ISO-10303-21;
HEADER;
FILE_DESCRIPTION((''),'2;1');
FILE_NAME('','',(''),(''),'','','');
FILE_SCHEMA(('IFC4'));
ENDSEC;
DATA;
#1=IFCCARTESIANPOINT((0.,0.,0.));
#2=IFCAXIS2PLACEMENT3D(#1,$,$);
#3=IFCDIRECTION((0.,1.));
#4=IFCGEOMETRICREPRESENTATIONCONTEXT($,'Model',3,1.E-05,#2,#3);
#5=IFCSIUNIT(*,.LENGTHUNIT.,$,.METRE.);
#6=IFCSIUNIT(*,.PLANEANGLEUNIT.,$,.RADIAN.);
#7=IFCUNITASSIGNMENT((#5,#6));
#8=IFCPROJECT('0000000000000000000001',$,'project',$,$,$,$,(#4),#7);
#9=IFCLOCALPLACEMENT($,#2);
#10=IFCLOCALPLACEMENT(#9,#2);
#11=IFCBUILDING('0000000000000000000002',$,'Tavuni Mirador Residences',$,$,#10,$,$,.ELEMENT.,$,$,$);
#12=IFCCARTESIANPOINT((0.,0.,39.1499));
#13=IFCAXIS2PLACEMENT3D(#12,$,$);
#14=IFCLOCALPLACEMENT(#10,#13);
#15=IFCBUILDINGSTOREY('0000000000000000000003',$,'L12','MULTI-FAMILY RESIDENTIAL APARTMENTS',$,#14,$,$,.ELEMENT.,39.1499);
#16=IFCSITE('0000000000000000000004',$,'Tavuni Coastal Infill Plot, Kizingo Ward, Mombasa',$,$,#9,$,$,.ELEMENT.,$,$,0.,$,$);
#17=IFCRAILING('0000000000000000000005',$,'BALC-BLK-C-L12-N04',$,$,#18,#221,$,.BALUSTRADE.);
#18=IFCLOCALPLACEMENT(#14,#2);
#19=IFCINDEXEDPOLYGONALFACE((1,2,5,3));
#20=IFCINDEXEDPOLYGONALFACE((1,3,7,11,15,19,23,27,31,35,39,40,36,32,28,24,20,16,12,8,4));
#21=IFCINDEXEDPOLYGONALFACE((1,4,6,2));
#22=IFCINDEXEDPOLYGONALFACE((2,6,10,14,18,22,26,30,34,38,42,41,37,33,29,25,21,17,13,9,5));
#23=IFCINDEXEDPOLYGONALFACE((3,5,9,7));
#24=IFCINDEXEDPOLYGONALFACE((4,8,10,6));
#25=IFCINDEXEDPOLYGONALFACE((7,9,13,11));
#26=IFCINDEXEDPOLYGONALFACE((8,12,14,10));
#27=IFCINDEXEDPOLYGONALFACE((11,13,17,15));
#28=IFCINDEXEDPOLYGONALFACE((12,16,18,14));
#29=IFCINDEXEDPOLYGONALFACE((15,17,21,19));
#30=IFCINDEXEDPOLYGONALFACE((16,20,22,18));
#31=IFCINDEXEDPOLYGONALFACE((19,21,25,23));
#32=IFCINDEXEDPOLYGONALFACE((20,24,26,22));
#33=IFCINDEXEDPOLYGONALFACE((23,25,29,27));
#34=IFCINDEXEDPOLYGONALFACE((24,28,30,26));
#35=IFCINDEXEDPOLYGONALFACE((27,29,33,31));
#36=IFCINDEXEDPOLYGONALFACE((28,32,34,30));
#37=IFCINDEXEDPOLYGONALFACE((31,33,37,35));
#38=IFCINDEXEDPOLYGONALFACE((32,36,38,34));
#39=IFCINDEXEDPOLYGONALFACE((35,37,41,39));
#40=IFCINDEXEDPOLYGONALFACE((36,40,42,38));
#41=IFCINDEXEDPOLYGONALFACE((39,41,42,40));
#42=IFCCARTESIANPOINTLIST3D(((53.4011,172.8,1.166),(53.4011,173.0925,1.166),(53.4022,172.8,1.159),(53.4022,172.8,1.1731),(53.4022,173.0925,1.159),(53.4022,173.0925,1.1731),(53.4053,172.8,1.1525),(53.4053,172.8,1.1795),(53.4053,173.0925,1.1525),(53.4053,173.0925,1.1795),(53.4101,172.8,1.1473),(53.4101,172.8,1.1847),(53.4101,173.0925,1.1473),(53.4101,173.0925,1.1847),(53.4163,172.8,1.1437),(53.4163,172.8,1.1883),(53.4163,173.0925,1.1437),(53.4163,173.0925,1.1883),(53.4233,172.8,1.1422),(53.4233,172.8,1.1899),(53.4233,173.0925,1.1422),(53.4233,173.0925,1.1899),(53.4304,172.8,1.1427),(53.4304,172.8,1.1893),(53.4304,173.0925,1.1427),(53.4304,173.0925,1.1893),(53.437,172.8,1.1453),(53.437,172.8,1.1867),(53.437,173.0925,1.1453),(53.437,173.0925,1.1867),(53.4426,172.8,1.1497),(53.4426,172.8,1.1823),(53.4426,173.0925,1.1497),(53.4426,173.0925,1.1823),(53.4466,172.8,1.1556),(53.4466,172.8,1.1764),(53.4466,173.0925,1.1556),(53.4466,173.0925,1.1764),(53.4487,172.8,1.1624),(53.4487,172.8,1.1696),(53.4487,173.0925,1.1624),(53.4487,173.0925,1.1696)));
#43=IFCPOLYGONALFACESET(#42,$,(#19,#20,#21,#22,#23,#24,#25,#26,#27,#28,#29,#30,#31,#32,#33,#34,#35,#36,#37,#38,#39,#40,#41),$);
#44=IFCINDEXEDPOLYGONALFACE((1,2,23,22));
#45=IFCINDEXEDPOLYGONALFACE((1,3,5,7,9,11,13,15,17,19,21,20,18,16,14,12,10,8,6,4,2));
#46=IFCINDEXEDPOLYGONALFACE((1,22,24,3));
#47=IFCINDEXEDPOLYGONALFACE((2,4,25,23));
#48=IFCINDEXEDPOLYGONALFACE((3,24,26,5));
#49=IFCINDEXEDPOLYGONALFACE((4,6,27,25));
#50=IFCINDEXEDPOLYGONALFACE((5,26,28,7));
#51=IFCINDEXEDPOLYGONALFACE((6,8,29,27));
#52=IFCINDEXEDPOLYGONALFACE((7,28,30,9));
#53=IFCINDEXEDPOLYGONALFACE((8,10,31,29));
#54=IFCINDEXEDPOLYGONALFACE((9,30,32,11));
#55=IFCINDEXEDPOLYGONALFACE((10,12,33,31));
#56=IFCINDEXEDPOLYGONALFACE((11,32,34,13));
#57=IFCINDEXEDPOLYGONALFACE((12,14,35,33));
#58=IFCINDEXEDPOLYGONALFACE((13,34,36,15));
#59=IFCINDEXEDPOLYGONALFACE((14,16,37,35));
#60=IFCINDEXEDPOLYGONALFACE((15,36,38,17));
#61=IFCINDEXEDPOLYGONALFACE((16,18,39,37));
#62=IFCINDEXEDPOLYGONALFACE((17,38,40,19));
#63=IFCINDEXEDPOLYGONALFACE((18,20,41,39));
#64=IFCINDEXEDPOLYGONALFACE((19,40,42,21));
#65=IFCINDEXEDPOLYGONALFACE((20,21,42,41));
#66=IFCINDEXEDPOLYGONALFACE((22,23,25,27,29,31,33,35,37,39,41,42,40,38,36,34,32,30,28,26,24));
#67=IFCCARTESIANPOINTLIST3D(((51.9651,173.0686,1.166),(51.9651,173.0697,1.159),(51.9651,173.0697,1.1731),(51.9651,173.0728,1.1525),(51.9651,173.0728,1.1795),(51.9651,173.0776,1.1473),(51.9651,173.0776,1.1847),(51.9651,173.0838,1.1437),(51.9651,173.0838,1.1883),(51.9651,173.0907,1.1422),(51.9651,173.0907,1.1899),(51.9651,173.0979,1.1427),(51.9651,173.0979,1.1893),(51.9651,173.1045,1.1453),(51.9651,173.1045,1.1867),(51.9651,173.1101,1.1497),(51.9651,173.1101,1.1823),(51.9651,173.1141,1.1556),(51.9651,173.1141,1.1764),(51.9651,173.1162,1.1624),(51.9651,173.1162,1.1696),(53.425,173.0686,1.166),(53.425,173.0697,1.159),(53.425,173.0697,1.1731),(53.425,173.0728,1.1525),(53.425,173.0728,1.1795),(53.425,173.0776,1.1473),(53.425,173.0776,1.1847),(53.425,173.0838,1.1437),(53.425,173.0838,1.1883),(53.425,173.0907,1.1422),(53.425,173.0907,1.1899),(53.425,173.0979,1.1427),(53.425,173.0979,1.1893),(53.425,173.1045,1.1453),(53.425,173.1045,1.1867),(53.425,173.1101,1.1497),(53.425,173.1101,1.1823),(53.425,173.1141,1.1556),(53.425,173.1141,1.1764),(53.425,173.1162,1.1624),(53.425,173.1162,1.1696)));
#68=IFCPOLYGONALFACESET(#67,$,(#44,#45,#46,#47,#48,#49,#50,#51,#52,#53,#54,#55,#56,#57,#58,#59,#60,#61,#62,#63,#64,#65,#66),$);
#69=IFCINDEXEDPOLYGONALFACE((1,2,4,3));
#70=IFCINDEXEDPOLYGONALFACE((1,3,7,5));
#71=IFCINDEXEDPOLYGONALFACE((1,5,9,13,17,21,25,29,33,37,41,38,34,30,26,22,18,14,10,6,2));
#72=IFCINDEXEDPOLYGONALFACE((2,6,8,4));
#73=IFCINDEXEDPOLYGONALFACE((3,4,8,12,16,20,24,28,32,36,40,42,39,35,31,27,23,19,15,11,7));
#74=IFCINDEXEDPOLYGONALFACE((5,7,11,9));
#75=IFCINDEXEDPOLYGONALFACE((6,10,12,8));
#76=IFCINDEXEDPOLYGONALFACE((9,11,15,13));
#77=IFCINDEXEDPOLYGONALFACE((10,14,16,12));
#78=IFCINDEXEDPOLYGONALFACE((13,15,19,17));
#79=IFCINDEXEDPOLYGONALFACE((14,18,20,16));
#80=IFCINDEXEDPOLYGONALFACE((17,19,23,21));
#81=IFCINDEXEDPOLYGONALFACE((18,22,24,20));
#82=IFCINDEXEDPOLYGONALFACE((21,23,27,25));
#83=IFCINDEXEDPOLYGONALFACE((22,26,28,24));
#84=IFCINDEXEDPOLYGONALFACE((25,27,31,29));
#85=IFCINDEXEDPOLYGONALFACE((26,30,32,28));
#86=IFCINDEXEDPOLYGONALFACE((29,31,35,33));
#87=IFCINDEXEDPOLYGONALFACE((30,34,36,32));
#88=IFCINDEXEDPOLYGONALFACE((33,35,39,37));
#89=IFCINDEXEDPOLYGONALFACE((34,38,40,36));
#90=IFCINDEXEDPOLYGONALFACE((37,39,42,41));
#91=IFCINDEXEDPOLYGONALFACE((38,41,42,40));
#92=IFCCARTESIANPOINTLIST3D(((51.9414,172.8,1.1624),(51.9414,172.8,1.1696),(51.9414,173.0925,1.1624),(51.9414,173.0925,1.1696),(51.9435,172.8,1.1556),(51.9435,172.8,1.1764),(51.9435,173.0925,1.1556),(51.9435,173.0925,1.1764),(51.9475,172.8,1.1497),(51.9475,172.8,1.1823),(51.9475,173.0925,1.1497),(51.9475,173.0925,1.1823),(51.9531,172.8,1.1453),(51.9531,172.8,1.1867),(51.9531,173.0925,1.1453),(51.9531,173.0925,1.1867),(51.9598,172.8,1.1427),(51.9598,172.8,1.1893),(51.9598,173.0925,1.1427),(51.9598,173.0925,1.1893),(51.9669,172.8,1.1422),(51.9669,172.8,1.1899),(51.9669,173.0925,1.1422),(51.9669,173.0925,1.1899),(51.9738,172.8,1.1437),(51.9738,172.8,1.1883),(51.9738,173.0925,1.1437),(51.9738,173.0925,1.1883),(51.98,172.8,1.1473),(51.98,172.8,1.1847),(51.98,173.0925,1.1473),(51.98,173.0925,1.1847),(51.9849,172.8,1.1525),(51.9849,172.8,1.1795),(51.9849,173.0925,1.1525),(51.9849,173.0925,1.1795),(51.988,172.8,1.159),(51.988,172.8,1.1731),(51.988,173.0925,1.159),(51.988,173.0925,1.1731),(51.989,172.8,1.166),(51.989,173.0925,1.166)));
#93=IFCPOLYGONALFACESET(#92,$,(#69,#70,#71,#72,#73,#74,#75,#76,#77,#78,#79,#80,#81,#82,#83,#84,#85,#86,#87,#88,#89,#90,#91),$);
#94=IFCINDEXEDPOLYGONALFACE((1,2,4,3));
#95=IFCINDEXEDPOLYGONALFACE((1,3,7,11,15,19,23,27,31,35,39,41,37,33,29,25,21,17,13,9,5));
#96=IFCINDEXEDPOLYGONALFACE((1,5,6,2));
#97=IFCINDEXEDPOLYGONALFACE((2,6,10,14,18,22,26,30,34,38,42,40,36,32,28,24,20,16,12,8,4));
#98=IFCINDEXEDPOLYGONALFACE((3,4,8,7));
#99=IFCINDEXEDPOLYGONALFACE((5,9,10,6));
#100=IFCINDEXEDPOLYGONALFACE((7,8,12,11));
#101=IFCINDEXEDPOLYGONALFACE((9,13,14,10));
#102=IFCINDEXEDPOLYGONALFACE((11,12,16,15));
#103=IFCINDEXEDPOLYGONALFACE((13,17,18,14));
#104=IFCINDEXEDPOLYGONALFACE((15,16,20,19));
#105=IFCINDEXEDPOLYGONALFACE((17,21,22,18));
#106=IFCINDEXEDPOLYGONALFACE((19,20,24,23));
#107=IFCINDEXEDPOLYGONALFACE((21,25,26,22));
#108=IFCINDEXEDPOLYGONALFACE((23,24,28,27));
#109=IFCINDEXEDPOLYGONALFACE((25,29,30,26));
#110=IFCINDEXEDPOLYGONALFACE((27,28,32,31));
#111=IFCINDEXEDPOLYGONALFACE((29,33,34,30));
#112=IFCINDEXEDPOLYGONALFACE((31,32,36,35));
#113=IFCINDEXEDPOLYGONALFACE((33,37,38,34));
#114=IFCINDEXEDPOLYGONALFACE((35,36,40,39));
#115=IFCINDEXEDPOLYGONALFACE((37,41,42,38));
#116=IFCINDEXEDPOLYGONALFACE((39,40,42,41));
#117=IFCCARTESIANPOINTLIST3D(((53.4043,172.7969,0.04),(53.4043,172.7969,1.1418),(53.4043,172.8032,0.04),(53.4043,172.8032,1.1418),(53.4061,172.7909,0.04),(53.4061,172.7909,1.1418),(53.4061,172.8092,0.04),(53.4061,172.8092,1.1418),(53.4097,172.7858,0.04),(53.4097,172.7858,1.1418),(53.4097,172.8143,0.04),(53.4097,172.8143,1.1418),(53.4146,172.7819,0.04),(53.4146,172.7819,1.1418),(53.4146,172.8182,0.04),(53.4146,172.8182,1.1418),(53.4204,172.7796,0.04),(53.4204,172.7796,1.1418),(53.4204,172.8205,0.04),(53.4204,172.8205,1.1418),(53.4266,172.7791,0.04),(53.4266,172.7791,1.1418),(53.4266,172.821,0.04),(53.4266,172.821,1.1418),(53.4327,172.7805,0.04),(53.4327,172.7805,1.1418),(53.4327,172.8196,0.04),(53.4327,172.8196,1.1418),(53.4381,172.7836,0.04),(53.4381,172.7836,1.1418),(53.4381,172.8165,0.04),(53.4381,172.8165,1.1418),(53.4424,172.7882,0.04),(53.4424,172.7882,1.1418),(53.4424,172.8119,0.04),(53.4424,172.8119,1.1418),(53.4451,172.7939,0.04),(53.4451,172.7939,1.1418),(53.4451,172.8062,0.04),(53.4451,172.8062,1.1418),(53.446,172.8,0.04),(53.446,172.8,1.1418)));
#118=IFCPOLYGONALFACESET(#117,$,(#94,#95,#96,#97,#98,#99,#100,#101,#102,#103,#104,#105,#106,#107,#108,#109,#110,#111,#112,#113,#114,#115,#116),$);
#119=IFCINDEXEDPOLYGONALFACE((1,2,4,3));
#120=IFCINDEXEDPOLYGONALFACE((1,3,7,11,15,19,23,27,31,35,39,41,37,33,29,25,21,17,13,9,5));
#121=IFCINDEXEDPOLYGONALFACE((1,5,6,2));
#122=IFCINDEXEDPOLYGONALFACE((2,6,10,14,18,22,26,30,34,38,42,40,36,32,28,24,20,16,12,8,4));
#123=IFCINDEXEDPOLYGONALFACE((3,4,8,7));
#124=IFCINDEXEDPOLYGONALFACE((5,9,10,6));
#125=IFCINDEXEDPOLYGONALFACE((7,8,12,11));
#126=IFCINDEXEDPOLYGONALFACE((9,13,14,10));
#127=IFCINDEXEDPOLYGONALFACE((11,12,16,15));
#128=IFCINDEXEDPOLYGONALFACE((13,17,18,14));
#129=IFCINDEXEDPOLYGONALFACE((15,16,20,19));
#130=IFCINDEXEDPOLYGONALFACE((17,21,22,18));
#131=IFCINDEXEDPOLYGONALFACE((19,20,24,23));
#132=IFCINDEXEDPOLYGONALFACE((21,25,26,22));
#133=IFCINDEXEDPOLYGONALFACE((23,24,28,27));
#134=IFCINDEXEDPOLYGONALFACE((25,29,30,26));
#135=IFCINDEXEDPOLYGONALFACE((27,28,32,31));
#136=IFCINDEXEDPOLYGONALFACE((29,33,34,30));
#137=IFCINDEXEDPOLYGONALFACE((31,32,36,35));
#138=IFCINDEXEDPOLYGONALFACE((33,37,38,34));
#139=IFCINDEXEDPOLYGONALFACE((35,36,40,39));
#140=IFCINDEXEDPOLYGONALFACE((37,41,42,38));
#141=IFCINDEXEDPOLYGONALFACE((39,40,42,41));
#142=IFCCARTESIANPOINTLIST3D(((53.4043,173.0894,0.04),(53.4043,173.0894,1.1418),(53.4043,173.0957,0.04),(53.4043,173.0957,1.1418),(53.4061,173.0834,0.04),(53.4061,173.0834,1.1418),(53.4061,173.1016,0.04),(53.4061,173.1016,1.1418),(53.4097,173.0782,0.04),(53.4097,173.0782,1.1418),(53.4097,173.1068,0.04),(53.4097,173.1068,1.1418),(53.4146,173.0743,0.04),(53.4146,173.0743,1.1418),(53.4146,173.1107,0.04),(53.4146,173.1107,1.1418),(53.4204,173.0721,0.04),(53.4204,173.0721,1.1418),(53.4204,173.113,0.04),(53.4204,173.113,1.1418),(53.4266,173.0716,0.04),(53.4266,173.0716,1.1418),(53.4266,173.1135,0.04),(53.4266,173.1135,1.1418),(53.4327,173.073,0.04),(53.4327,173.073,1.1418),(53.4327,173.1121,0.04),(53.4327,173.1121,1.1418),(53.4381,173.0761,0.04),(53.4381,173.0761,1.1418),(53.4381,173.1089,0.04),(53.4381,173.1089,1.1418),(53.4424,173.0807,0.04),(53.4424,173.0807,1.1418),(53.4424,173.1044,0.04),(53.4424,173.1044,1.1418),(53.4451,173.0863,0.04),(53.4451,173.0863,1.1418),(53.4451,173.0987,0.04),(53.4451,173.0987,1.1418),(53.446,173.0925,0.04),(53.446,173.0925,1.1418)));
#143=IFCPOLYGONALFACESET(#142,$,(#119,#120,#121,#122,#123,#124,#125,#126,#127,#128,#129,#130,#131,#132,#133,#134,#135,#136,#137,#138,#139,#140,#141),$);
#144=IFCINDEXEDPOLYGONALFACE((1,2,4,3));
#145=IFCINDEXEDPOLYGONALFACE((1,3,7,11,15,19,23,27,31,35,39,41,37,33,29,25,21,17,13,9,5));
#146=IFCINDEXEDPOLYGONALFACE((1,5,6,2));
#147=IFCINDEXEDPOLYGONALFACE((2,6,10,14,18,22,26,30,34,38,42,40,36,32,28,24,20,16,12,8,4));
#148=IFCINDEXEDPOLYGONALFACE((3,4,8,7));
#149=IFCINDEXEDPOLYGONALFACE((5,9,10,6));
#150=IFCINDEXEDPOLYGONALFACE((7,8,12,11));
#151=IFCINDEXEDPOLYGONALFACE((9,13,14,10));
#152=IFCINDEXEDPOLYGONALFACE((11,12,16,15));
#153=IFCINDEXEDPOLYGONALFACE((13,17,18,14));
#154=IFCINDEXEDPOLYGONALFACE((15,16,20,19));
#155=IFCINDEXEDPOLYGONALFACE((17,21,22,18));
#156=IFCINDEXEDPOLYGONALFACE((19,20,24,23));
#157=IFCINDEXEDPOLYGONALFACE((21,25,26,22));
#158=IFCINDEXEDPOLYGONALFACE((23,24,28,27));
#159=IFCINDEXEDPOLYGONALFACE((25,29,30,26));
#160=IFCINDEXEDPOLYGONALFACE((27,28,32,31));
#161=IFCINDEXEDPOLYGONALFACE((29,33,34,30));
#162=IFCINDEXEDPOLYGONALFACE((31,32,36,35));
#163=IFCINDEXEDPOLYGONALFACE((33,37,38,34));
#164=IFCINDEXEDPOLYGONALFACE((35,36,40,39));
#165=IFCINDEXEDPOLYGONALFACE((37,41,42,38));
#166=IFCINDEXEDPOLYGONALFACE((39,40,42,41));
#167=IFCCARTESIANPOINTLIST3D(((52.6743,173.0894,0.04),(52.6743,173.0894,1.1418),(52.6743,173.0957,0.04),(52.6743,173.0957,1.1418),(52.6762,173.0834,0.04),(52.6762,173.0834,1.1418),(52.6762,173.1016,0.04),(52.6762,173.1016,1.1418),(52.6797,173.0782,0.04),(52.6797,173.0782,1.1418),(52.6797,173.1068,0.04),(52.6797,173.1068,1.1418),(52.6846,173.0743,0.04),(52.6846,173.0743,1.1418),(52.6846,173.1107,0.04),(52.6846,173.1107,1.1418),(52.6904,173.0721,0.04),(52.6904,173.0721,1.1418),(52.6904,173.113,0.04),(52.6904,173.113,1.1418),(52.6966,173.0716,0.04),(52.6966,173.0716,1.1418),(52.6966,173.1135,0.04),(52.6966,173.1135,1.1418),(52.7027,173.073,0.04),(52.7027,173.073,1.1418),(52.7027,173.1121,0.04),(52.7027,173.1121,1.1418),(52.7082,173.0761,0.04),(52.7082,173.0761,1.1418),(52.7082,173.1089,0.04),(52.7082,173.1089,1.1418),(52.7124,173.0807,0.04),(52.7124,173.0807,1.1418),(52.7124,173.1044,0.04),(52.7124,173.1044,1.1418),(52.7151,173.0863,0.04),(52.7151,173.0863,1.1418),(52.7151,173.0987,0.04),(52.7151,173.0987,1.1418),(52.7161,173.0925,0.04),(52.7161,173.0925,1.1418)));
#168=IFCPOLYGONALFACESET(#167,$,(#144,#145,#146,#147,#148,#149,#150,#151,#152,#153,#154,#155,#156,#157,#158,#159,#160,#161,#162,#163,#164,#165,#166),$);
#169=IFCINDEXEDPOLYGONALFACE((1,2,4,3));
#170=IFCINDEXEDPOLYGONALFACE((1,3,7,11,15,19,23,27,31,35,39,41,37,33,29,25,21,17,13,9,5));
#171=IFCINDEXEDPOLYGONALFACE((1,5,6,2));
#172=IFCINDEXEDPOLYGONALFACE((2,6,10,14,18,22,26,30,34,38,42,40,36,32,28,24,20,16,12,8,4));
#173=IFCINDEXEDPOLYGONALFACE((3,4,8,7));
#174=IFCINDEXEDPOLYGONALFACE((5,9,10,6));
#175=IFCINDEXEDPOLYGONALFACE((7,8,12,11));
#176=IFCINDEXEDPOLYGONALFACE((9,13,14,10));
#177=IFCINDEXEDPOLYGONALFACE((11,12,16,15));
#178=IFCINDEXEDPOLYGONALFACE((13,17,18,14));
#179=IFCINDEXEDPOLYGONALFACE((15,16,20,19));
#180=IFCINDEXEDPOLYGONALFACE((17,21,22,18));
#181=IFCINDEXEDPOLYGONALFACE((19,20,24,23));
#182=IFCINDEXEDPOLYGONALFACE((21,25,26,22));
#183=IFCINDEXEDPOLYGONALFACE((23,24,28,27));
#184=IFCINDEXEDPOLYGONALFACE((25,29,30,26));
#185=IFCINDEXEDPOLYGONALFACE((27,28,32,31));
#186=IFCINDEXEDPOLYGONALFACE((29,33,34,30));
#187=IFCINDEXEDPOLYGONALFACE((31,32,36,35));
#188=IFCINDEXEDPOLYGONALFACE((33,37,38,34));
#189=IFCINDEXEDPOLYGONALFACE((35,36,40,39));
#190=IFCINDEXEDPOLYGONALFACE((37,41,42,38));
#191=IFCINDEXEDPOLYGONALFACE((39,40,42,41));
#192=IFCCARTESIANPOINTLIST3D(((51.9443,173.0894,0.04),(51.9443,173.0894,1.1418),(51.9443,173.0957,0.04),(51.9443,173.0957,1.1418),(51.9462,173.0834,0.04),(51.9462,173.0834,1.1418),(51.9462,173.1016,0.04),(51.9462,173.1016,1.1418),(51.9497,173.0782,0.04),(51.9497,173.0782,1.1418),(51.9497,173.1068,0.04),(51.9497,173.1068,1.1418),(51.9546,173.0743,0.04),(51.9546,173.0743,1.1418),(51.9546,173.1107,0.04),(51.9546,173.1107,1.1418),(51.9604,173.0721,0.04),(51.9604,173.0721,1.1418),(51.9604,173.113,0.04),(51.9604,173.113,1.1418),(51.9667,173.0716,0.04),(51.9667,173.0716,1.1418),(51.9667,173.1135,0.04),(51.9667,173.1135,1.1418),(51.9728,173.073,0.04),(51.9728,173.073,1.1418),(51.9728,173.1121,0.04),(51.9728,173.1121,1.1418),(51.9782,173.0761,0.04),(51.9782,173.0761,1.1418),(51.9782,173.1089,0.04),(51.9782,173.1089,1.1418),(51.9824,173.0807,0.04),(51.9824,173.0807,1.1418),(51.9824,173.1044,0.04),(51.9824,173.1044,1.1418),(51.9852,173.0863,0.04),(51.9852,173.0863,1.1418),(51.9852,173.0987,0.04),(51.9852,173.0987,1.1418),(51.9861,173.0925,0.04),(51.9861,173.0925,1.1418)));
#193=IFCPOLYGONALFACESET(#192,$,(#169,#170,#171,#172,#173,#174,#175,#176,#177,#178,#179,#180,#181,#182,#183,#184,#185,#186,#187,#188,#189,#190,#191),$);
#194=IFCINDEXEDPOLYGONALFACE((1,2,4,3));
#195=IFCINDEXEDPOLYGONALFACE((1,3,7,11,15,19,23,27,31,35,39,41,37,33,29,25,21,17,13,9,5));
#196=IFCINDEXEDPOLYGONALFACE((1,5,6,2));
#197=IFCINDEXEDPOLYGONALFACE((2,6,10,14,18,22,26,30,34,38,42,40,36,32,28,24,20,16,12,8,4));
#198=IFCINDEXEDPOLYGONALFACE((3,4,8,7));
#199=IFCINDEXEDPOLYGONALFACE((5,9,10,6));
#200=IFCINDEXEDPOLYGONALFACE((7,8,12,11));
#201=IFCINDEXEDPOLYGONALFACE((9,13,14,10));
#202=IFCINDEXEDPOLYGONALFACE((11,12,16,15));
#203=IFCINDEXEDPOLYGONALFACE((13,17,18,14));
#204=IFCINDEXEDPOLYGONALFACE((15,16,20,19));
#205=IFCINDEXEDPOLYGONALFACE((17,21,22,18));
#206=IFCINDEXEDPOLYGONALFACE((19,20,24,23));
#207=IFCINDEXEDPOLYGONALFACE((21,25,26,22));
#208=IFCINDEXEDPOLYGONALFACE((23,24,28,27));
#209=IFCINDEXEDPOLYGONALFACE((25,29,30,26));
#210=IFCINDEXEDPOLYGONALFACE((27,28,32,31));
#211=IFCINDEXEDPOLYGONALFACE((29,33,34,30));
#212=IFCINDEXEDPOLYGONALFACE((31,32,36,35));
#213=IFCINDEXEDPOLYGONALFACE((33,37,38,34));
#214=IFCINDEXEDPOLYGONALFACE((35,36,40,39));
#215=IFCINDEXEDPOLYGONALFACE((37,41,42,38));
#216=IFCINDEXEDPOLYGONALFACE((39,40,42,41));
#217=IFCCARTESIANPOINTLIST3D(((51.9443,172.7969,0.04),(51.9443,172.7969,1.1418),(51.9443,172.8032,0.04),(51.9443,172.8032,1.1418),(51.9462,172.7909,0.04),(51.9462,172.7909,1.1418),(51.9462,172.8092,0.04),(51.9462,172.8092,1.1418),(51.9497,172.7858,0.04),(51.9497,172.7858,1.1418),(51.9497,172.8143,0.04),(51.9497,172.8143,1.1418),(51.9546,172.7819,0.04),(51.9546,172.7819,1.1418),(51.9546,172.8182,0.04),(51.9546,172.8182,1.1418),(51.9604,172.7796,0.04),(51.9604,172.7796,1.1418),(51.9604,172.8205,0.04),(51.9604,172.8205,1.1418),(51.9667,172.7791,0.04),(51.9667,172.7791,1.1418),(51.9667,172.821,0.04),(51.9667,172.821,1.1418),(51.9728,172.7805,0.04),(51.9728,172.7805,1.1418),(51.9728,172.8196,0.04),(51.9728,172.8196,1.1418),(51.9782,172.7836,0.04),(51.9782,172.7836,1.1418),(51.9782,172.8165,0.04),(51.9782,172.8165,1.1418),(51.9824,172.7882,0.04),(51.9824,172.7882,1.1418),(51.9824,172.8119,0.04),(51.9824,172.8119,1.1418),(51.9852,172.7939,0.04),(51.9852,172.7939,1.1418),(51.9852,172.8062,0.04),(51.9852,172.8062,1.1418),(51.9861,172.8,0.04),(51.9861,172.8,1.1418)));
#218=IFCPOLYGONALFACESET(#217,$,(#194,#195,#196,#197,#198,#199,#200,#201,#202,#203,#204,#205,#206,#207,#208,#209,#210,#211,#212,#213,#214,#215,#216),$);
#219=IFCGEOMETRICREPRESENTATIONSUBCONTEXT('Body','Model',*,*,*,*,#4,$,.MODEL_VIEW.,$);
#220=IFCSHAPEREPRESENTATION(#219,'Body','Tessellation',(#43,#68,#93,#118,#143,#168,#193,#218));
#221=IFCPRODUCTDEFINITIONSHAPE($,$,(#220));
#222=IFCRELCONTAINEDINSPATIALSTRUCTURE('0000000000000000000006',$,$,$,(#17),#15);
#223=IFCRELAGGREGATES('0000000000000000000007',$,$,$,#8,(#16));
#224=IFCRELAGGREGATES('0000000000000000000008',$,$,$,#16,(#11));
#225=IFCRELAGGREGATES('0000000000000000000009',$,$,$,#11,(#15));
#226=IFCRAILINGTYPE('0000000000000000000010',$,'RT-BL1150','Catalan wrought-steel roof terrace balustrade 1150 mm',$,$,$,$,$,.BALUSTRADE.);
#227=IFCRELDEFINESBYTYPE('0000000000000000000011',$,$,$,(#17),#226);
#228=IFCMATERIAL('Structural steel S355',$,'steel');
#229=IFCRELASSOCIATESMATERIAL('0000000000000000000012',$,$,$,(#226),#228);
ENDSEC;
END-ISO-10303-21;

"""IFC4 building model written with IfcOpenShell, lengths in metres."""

from ifc_helpers import new_model, si_unit, direction, frame, origin, origin_2d, place, context, subcontext, project, spatial, circle, extrude, material, type_object, element, save


model = new_model("IFC4")

# Units and contexts
model_context = context("Model", 3, precision=1e-05, world=origin(), true_north=direction((0.0, 1.0)))
body_context = subcontext(model_context, "Body", "Model", "MODEL_VIEW")
ifc_project = project(units=[si_unit("LENGTHUNIT", "METRE"), si_unit("PLANEANGLEUNIT", "RADIAN")], contexts=[model_context])

# Site, building, storey
site_placement = place(None, origin())
site = spatial("IfcSite", under=ifc_project, at=site_placement, Name="Tavuni Coastal Infill Plot, Kizingo Ward, Mombasa", CompositionType="ELEMENT", RefElevation=0.0)
building_placement = place(site_placement, origin())
building = spatial("IfcBuilding", under=site, at=building_placement, Name="Tavuni Mirador Residences", CompositionType="ELEMENT")
storey_placement = place(building_placement, frame((0.0, 0.0, 39.1499)))
storey = spatial("IfcBuildingStorey", under=building, at=storey_placement, Name="L12", Description="MULTI-FAMILY RESIDENTIAL APARTMENTS", CompositionType="ELEMENT", Elevation=39.1499)

# Railing
ifc_material_1 = material(Name="Structural steel S355", Category="steel")
railing_type = type_object("IfcRailingType", Name="RT-BL1150", Description="Catalan wrought-steel roof terrace balustrade 1150 mm", PredefinedType="BALUSTRADE", material=ifc_material_1)
railing_placement = place(storey_placement, frame((53.425, 172.8, 0.04)))
element("IfcRailing", 1, at=railing_placement, inside=storey, type_object=railing_type, Name="BALC-BLK-C-L12-N04", PredefinedType="BALUSTRADE", context=body_context, shape_type="SweptSolid", body=[
    extrude(circle(Radius=0.0239, at=origin_2d()), frame((0.0, 0.0, 1.126), z_axis=(0.0, 1.0, 0.0), x_axis=(-1.0, 0.0, 0.0)), (0.0, 0.0, 1.0), 0.2925),
    extrude(circle(Radius=0.0239, at=origin_2d()), frame((0.0, 0.2925, 1.126), z_axis=(-1.0, 0.0, 0.0), x_axis=(0.0, -1.0, 0.0)), (0.0, 0.0, 1.0), 1.46),
    extrude(circle(Radius=0.0239, at=origin_2d()), frame((-1.46, 0.2925, 1.126), z_axis=(0.0, -1.0, 0.0), x_axis=(1.0, 0.0, 0.0)), (0.0, 0.0, 1.0), 0.2925),
    extrude(circle(Radius=0.021, at=origin_2d()), origin(), (0.0, 0.0, 1.0), 1.1018),
    extrude(circle(Radius=0.021, at=origin_2d()), frame((0.0, 0.2925, 0.0)), (0.0, 0.0, 1.0), 1.1018),
    extrude(circle(Radius=0.021, at=origin_2d()), frame((-0.73, 0.2925, 0.0)), (0.0, 0.0, 1.0), 1.1018),
    extrude(circle(Radius=0.021, at=origin_2d()), frame((-1.46, 0.2925, 0.0)), (0.0, 0.0, 1.0), 1.1018),
    extrude(circle(Radius=0.021, at=origin_2d()), frame((-1.46, 0.0, 0.0)), (0.0, 0.0, 1.0), 1.1018),
])

save(model, "model.ifc")
